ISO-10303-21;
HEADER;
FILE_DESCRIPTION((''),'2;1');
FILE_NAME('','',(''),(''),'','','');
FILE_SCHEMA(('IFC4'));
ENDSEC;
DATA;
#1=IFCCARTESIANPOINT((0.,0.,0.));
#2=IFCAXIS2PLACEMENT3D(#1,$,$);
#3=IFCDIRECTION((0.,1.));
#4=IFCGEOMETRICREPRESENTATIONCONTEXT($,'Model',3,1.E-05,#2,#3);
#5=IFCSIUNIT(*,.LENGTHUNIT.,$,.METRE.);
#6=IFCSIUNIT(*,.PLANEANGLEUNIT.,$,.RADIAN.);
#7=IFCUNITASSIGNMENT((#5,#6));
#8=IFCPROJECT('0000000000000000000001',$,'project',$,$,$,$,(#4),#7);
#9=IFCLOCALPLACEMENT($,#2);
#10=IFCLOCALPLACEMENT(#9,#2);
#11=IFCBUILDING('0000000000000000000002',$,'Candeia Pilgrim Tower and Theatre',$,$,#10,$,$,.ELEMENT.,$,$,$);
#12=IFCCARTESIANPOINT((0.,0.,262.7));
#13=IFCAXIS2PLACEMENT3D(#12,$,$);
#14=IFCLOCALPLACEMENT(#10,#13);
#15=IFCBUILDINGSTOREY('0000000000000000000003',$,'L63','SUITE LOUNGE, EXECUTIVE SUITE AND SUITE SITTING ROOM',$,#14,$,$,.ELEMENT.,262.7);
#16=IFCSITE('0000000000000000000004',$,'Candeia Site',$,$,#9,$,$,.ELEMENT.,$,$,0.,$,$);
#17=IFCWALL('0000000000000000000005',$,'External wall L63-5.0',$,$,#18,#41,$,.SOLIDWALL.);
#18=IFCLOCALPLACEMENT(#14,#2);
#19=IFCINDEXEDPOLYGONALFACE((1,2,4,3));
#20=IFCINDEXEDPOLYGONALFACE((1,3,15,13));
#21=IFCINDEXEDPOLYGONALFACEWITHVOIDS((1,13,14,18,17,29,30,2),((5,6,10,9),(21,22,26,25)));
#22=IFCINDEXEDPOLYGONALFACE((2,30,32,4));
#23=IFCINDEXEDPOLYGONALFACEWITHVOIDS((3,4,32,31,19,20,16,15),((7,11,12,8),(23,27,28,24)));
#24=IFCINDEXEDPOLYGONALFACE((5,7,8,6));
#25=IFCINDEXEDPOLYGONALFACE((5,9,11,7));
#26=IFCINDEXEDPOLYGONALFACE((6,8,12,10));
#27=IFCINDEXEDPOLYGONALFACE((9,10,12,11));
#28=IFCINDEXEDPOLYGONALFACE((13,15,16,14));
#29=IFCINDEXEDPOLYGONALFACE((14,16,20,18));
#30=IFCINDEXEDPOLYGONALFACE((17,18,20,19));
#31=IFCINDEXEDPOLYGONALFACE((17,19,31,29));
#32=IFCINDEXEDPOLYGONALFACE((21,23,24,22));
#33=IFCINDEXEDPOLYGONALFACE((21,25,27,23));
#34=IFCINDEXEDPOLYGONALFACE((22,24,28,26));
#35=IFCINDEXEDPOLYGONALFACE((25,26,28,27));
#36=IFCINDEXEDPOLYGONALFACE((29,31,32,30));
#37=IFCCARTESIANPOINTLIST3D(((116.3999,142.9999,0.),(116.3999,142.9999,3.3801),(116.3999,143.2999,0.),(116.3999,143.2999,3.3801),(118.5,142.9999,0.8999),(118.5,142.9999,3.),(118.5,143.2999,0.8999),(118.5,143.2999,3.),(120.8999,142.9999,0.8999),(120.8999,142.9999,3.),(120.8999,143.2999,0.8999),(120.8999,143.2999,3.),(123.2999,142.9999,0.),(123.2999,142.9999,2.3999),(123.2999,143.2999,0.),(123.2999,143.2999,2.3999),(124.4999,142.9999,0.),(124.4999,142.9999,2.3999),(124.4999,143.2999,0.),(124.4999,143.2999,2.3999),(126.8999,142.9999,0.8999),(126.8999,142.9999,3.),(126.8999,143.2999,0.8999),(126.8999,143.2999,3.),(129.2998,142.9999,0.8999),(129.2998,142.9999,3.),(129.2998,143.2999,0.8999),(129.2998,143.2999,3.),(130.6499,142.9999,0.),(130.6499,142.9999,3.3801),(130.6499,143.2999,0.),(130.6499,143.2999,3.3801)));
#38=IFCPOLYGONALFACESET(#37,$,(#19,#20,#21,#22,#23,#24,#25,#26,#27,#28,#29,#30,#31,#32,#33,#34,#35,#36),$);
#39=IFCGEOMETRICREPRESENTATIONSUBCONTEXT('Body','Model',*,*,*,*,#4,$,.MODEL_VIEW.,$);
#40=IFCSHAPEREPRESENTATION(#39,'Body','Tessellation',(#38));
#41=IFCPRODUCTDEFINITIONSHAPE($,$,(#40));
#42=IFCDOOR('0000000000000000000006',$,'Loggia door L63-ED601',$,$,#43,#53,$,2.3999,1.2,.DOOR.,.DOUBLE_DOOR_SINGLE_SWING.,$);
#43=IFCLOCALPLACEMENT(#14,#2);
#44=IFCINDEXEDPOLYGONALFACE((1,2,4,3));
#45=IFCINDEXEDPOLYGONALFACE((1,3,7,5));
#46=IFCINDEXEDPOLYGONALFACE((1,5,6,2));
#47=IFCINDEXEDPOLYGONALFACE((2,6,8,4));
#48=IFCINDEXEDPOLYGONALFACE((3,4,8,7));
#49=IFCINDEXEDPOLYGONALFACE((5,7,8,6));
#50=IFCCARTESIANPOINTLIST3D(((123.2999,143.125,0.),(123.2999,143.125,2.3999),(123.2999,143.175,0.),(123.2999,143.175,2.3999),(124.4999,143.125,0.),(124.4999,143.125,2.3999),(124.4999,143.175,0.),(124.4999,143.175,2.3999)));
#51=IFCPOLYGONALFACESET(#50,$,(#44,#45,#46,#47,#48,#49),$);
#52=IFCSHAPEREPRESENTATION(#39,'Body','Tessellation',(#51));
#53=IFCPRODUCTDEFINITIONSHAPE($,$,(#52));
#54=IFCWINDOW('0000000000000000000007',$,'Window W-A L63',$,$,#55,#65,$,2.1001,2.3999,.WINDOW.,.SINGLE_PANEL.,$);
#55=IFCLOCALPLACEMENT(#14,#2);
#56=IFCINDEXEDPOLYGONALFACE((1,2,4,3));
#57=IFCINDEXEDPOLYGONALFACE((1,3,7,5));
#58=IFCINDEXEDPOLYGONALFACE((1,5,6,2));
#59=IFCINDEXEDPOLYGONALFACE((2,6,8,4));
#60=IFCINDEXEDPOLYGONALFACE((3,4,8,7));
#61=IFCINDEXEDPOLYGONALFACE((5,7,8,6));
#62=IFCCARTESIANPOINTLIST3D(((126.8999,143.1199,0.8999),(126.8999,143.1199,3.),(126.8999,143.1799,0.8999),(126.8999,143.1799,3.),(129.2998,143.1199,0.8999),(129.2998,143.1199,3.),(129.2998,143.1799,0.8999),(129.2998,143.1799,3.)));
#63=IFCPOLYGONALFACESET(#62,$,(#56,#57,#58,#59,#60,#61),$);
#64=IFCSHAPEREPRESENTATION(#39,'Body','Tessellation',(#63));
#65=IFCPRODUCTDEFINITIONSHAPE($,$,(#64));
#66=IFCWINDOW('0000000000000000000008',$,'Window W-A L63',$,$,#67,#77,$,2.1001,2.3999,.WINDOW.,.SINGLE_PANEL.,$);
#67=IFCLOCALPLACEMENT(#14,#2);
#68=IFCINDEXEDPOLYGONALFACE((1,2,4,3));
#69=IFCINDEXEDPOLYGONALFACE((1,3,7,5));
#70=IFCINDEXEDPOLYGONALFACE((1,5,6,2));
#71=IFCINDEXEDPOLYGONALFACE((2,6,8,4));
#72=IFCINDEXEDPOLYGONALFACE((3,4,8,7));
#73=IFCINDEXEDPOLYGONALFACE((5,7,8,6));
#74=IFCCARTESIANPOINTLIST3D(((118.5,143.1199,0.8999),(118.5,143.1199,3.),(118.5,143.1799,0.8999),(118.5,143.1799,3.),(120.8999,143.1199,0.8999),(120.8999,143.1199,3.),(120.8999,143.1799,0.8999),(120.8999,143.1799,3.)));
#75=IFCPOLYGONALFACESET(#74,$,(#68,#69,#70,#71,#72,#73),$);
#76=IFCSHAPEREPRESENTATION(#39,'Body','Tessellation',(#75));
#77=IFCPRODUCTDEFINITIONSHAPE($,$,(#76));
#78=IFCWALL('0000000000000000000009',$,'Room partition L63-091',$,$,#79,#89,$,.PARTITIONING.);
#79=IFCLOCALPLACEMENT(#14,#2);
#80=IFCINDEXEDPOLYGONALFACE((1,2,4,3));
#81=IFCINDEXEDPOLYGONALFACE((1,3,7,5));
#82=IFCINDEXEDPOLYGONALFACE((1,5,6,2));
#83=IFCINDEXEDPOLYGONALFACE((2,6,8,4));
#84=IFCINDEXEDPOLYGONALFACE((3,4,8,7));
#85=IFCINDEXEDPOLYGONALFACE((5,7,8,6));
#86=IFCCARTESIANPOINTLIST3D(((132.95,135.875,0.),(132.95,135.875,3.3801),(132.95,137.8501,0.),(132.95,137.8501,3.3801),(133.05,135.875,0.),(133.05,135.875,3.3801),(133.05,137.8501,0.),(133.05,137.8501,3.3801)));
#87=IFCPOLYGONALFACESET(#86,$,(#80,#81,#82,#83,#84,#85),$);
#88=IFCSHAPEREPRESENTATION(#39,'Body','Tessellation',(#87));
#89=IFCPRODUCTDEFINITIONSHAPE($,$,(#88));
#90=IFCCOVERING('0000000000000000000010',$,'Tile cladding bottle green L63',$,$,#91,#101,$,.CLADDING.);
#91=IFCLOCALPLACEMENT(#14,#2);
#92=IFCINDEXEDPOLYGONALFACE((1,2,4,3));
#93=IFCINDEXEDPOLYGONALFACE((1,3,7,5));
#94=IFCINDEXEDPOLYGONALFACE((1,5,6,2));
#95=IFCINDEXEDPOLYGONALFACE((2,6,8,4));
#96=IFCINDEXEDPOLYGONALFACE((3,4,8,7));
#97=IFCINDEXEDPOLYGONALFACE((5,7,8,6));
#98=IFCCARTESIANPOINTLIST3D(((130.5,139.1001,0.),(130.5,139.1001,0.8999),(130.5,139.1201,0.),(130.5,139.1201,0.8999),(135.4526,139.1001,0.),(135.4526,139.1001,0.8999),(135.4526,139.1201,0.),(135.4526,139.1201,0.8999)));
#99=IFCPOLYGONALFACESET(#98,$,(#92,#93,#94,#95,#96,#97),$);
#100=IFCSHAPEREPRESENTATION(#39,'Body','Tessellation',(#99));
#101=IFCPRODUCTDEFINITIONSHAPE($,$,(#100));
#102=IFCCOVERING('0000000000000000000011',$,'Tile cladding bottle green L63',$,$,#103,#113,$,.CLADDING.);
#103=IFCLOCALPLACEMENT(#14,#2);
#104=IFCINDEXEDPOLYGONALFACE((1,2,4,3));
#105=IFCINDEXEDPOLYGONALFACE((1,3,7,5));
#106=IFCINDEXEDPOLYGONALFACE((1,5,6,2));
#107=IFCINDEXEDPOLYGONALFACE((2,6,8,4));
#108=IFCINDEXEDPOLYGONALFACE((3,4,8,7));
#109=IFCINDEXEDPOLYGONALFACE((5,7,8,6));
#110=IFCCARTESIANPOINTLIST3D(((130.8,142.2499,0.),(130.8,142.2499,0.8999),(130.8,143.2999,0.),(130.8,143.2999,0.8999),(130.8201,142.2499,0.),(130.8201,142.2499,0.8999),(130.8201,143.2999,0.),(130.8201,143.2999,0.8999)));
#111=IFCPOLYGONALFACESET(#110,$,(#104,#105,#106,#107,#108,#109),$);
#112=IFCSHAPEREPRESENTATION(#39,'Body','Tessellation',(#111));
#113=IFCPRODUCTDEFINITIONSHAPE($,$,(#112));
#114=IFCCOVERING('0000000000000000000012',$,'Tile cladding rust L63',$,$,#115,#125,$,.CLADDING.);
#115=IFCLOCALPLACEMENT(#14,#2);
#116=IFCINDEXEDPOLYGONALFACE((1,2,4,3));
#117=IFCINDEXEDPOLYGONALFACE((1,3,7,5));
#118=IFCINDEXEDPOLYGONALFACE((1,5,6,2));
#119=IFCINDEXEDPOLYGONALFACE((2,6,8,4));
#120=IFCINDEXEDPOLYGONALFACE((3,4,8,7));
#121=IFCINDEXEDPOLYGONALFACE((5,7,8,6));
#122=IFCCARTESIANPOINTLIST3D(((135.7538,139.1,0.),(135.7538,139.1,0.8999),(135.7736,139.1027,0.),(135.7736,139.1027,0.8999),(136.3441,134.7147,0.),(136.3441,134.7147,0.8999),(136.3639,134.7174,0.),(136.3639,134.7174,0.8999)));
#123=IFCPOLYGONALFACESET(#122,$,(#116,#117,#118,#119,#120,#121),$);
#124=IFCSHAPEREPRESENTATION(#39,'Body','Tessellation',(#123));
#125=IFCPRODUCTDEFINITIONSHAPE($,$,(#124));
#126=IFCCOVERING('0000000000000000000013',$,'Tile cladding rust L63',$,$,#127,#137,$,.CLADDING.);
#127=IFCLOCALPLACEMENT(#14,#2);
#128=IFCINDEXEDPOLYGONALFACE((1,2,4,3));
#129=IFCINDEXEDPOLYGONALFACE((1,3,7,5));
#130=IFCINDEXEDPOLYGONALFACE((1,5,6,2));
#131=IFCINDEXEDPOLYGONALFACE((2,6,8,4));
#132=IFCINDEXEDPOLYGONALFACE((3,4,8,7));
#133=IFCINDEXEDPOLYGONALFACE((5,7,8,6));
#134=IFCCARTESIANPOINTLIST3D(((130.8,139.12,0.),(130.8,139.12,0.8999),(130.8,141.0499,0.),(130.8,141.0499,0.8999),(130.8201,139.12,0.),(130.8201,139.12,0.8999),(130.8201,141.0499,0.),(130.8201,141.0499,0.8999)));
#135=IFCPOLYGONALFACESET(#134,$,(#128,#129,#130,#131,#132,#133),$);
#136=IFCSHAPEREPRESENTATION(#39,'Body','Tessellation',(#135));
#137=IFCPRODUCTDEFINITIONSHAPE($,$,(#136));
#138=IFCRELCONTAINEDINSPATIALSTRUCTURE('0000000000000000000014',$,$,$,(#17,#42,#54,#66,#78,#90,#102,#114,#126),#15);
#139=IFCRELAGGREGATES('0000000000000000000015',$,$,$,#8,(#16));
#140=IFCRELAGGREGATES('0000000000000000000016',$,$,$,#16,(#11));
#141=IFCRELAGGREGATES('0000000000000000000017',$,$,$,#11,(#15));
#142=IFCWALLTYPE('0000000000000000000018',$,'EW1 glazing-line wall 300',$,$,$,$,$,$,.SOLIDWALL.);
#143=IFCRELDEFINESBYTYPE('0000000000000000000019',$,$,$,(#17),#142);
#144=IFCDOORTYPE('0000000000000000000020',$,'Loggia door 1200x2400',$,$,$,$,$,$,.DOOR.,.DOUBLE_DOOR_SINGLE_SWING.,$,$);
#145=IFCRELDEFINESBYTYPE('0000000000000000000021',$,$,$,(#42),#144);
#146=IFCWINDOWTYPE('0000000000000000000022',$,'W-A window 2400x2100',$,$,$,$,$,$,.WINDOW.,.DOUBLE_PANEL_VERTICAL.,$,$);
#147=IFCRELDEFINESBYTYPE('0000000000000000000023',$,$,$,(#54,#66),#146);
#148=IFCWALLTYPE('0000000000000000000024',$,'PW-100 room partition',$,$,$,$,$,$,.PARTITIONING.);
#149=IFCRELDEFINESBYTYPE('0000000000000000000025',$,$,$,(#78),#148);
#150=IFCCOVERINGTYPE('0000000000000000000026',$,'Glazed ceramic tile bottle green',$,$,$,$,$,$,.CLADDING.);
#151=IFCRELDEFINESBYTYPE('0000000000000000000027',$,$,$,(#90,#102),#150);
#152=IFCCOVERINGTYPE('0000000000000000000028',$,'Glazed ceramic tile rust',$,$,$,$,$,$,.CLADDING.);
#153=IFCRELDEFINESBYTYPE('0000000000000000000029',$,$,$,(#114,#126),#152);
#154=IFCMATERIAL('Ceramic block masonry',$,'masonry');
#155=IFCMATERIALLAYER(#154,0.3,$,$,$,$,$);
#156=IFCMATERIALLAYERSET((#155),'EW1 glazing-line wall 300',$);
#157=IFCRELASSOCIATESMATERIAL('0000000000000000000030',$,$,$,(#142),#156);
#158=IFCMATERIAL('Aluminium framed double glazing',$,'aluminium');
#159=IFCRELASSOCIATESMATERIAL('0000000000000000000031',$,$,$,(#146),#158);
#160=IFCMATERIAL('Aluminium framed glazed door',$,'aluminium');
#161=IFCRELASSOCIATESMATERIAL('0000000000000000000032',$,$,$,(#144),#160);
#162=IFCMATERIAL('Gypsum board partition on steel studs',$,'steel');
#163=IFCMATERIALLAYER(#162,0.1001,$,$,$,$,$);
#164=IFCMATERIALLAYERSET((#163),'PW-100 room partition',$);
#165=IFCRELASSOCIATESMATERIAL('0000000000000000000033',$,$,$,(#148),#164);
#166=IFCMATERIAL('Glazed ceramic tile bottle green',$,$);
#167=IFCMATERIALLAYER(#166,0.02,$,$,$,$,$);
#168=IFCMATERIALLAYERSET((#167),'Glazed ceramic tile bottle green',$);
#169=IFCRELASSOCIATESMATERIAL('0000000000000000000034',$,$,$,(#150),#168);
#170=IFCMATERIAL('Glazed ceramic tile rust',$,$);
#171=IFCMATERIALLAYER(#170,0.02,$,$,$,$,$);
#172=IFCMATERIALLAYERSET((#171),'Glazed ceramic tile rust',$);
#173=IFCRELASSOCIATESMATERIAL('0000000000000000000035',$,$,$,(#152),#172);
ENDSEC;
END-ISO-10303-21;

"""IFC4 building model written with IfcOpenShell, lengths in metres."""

from ifc_helpers import new_model, si_unit, direction, frame, frame_2d, origin, origin_2d, place, context, subcontext, project, spatial, rectangle, extrude, material, layer, layer_set, type_object, element, fill, save


model = new_model("IFC4")

# Units and contexts
model_context = context("Model", 3, precision=1e-05, world=origin(), true_north=direction((0.0, 1.0)))
body_context = subcontext(model_context, "Body", "Model", "MODEL_VIEW")
ifc_project = project(units=[si_unit("LENGTHUNIT", "METRE"), si_unit("PLANEANGLEUNIT", "RADIAN")], contexts=[model_context])

# Site, building, storey
site_placement = place(None, origin())
site = spatial("IfcSite", under=ifc_project, at=site_placement, Name="Candeia Site", CompositionType="ELEMENT", RefElevation=0.0)
building_placement = place(site_placement, origin())
building = spatial("IfcBuilding", under=site, at=building_placement, Name="Candeia Pilgrim Tower and Theatre", CompositionType="ELEMENT")
storey_placement = place(building_placement, frame((0.0, 0.0, 262.7)))
storey = spatial("IfcBuildingStorey", under=building, at=storey_placement, Name="L63", Description="SUITE LOUNGE, EXECUTIVE SUITE AND SUITE SITTING ROOM", CompositionType="ELEMENT", Elevation=262.7)

# Shared definitions
ifc_material_1 = material(Name="Ceramic block masonry", Category="masonry")
ifc_layer_1 = layer(ifc_material_1, 0.3)
ifc_layer_set_1 = layer_set([ifc_layer_1], Name="EW1 glazing-line wall 300")
wall_type_1 = type_object("IfcWallType", Name="EW1 glazing-line wall 300", PredefinedType="SOLIDWALL", material=ifc_layer_set_1)
ifc_material_2 = material(Name="Aluminium framed double glazing", Category="aluminium")
window_type = type_object("IfcWindowType", Name="W-A window 2400x2100", PartitioningType="DOUBLE_PANEL_VERTICAL", PredefinedType="WINDOW", material=ifc_material_2)

# Shared definitions
ifc_material_3 = material(Name="Aluminium framed glazed door", Category="aluminium")
door_type = type_object("IfcDoorType", Name="Loggia door 1200x2400", OperationType="DOUBLE_DOOR_SINGLE_SWING", PredefinedType="DOOR", material=ifc_material_3)

# Wall, openings, door, windows
wall_1_placement = place(storey_placement, frame((130.6499, 143.1499, 0.0), z_axis=(0.0, 0.0, 1.0), x_axis=(-1.0, 0.0, 0.0)))
wall_1 = element("IfcWall", 1, at=wall_1_placement, inside=storey, type_object=wall_type_1, Name="External wall L63-5.0", PredefinedType="SOLIDWALL", context=body_context, shape_type="SweptSolid", body=[
    extrude(rectangle(XDim=14.25, YDim=0.3, at=frame_2d((7.125, 0.0))), origin(), (0.0, 0.0, 1.0), 3.3801),
])
opening_1_placement = place(wall_1_placement, frame((1.3501, 0.0, 0.8999)))
opening_1 = element("IfcOpeningElement", 2, at=opening_1_placement, cuts=wall_1, PredefinedType="OPENING", context=body_context, shape_type="SweptSolid", body=[
    extrude(rectangle(XDim=2.3999, YDim=2.1001, at=frame_2d((1.2, 1.05))), frame((0.0, 0.1602, 0.0), z_axis=(0.0, -1.0, 0.0), x_axis=(1.0, 0.0, 0.0)), (0.0, 0.0, 1.0), 0.3201),
])
opening_2_placement = place(wall_1_placement, frame((6.1499, 0.0, 0.0)))
opening_2 = element("IfcOpeningElement", 3, at=opening_2_placement, cuts=wall_1, PredefinedType="OPENING", context=body_context, shape_type="SweptSolid", body=[
    extrude(rectangle(XDim=1.2, YDim=2.3999, at=frame_2d((0.6001, 1.2))), frame((0.0, 0.1602, 0.0), z_axis=(0.0, -1.0, 0.0), x_axis=(1.0, 0.0, 0.0)), (0.0, 0.0, 1.0), 0.3201),
])
opening_3_placement = place(wall_1_placement, frame((9.75, 0.0, 0.8999)))
opening_3 = element("IfcOpeningElement", 4, at=opening_3_placement, cuts=wall_1, PredefinedType="OPENING", context=body_context, shape_type="SweptSolid", body=[
    extrude(rectangle(XDim=2.3999, YDim=2.1001, at=frame_2d((1.2, 1.05))), frame((0.0, 0.1602, 0.0), z_axis=(0.0, -1.0, 0.0), x_axis=(1.0, 0.0, 0.0)), (0.0, 0.0, 1.0), 0.3201),
])
door_1_placement = place(opening_2_placement, origin())
door_1 = element("IfcDoor", 5, at=door_1_placement, inside=storey, type_object=door_type, Name="Loggia door L63-ED601", OperationType="DOUBLE_DOOR_SINGLE_SWING", OverallHeight=2.3999, OverallWidth=1.2, PredefinedType="DOOR", context=body_context, shape_type="SweptSolid", body=[
    extrude(rectangle(XDim=1.2, YDim=2.3999, at=frame_2d((0.6001, 1.2))), frame((0.0, 0.0249, 0.0), z_axis=(0.0, -1.0, 0.0), x_axis=(1.0, 0.0, 0.0)), (0.0, 0.0, 1.0), 0.05),
])
fill(opening_2, door_1)
window_1_placement = place(opening_1_placement, origin())
window_1 = element("IfcWindow", 6, at=window_1_placement, inside=storey, type_object=window_type, Name="Window W-A L63", OverallHeight=2.1001, OverallWidth=2.3999, PartitioningType="SINGLE_PANEL", PredefinedType="WINDOW", context=body_context, shape_type="SweptSolid", body=[
    extrude(rectangle(XDim=2.3999, YDim=2.1001, at=frame_2d((1.2, 1.05))), frame((0.0, 0.03, 0.0), z_axis=(0.0, -1.0, 0.0), x_axis=(1.0, 0.0, 0.0)), (0.0, 0.0, 1.0), 0.0601),
])
fill(opening_1, window_1)
window_2_placement = place(opening_3_placement, origin())
window_2 = element("IfcWindow", 7, at=window_2_placement, inside=storey, type_object=window_type, Name="Window W-A L63", OverallHeight=2.1001, OverallWidth=2.3999, PartitioningType="SINGLE_PANEL", PredefinedType="WINDOW", context=body_context, shape_type="SweptSolid", body=[
    extrude(rectangle(XDim=2.3999, YDim=2.1001, at=frame_2d((1.2, 1.05))), frame((0.0, 0.03, 0.0), z_axis=(0.0, -1.0, 0.0), x_axis=(1.0, 0.0, 0.0)), (0.0, 0.0, 1.0), 0.0601),
])
fill(opening_3, window_2)

# Wall
ifc_material_4 = material(Name="Gypsum board partition on steel studs", Category="steel")
ifc_layer_2 = layer(ifc_material_4, 0.1001)
ifc_layer_set_2 = layer_set([ifc_layer_2], Name="PW-100 room partition")
wall_type_2 = type_object("IfcWallType", Name="PW-100 room partition", PredefinedType="PARTITIONING", material=ifc_layer_set_2)
wall_2_placement = place(storey_placement, frame((133.0, 135.875, 0.0), z_axis=(0.0, 0.0, 1.0), x_axis=(0.0, 1.0, 0.0)))
element("IfcWall", 8, at=wall_2_placement, inside=storey, type_object=wall_type_2, Name="Room partition L63-091", PredefinedType="PARTITIONING", context=body_context, shape_type="SweptSolid", body=[
    extrude(rectangle(XDim=1.9751, YDim=0.1001, at=frame_2d((0.9875, 0.0))), origin(), (0.0, 0.0, 1.0), 3.3801),
])

# Coverings
ifc_material_5 = material(Name="Glazed ceramic tile bottle green")
ifc_layer_3 = layer(ifc_material_5, 0.02)
ifc_layer_set_3 = layer_set([ifc_layer_3], Name="Glazed ceramic tile bottle green")
covering_type_1 = type_object("IfcCoveringType", Name="Glazed ceramic tile bottle green", PredefinedType="CLADDING", material=ifc_layer_set_3)
covering_1_placement = place(storey_placement, frame((132.9763, 139.1101, 0.0), z_axis=(0.0, 0.0, 1.0), x_axis=(-1.0, 0.0, 0.0)))
element("IfcCovering", 9, at=covering_1_placement, inside=storey, type_object=covering_type_1, Name="Tile cladding bottle green L63", PredefinedType="CLADDING", context=body_context, shape_type="SweptSolid", body=[
    extrude(rectangle(XDim=4.9526, YDim=0.02, at=origin_2d()), origin(), (0.0, 0.0, 1.0), 0.8999),
])
covering_2_placement = place(storey_placement, frame((130.8101, 142.7749, 0.0), z_axis=(0.0, 0.0, 1.0), x_axis=(0.0, 1.0, 0.0)))
element("IfcCovering", 10, at=covering_2_placement, inside=storey, type_object=covering_type_1, Name="Tile cladding bottle green L63", PredefinedType="CLADDING", context=body_context, shape_type="SweptSolid", body=[
    extrude(rectangle(XDim=1.05, YDim=0.02, at=origin_2d()), origin(), (0.0, 0.0, 1.0), 0.8999),
])
ifc_material_6 = material(Name="Glazed ceramic tile rust")
ifc_layer_4 = layer(ifc_material_6, 0.02)
ifc_layer_set_4 = layer_set([ifc_layer_4], Name="Glazed ceramic tile rust")
covering_type_2 = type_object("IfcCoveringType", Name="Glazed ceramic tile rust", PredefinedType="CLADDING", material=ifc_layer_set_4)
covering_3_placement = place(storey_placement, frame((136.0588, 136.9087, 0.0), z_axis=(0.0, 0.0, 1.0), x_axis=(-0.133412, 0.991061, 0.0)))
element("IfcCovering", 11, at=covering_3_placement, inside=storey, type_object=covering_type_2, Name="Tile cladding rust L63", PredefinedType="CLADDING", context=body_context, shape_type="SweptSolid", body=[
    extrude(rectangle(XDim=4.4248, YDim=0.02, at=origin_2d()), origin(), (0.0, 0.0, 1.0), 0.8999),
])
covering_4_placement = place(storey_placement, frame((130.8101, 140.085, 0.0), z_axis=(0.0, 0.0, 1.0), x_axis=(0.0, 1.0, 0.0)))
element("IfcCovering", 12, at=covering_4_placement, inside=storey, type_object=covering_type_2, Name="Tile cladding rust L63", PredefinedType="CLADDING", context=body_context, shape_type="SweptSolid", body=[
    extrude(rectangle(XDim=1.9299, YDim=0.02, at=origin_2d()), origin(), (0.0, 0.0, 1.0), 0.8999),
])

save(model, "model.ifc")
